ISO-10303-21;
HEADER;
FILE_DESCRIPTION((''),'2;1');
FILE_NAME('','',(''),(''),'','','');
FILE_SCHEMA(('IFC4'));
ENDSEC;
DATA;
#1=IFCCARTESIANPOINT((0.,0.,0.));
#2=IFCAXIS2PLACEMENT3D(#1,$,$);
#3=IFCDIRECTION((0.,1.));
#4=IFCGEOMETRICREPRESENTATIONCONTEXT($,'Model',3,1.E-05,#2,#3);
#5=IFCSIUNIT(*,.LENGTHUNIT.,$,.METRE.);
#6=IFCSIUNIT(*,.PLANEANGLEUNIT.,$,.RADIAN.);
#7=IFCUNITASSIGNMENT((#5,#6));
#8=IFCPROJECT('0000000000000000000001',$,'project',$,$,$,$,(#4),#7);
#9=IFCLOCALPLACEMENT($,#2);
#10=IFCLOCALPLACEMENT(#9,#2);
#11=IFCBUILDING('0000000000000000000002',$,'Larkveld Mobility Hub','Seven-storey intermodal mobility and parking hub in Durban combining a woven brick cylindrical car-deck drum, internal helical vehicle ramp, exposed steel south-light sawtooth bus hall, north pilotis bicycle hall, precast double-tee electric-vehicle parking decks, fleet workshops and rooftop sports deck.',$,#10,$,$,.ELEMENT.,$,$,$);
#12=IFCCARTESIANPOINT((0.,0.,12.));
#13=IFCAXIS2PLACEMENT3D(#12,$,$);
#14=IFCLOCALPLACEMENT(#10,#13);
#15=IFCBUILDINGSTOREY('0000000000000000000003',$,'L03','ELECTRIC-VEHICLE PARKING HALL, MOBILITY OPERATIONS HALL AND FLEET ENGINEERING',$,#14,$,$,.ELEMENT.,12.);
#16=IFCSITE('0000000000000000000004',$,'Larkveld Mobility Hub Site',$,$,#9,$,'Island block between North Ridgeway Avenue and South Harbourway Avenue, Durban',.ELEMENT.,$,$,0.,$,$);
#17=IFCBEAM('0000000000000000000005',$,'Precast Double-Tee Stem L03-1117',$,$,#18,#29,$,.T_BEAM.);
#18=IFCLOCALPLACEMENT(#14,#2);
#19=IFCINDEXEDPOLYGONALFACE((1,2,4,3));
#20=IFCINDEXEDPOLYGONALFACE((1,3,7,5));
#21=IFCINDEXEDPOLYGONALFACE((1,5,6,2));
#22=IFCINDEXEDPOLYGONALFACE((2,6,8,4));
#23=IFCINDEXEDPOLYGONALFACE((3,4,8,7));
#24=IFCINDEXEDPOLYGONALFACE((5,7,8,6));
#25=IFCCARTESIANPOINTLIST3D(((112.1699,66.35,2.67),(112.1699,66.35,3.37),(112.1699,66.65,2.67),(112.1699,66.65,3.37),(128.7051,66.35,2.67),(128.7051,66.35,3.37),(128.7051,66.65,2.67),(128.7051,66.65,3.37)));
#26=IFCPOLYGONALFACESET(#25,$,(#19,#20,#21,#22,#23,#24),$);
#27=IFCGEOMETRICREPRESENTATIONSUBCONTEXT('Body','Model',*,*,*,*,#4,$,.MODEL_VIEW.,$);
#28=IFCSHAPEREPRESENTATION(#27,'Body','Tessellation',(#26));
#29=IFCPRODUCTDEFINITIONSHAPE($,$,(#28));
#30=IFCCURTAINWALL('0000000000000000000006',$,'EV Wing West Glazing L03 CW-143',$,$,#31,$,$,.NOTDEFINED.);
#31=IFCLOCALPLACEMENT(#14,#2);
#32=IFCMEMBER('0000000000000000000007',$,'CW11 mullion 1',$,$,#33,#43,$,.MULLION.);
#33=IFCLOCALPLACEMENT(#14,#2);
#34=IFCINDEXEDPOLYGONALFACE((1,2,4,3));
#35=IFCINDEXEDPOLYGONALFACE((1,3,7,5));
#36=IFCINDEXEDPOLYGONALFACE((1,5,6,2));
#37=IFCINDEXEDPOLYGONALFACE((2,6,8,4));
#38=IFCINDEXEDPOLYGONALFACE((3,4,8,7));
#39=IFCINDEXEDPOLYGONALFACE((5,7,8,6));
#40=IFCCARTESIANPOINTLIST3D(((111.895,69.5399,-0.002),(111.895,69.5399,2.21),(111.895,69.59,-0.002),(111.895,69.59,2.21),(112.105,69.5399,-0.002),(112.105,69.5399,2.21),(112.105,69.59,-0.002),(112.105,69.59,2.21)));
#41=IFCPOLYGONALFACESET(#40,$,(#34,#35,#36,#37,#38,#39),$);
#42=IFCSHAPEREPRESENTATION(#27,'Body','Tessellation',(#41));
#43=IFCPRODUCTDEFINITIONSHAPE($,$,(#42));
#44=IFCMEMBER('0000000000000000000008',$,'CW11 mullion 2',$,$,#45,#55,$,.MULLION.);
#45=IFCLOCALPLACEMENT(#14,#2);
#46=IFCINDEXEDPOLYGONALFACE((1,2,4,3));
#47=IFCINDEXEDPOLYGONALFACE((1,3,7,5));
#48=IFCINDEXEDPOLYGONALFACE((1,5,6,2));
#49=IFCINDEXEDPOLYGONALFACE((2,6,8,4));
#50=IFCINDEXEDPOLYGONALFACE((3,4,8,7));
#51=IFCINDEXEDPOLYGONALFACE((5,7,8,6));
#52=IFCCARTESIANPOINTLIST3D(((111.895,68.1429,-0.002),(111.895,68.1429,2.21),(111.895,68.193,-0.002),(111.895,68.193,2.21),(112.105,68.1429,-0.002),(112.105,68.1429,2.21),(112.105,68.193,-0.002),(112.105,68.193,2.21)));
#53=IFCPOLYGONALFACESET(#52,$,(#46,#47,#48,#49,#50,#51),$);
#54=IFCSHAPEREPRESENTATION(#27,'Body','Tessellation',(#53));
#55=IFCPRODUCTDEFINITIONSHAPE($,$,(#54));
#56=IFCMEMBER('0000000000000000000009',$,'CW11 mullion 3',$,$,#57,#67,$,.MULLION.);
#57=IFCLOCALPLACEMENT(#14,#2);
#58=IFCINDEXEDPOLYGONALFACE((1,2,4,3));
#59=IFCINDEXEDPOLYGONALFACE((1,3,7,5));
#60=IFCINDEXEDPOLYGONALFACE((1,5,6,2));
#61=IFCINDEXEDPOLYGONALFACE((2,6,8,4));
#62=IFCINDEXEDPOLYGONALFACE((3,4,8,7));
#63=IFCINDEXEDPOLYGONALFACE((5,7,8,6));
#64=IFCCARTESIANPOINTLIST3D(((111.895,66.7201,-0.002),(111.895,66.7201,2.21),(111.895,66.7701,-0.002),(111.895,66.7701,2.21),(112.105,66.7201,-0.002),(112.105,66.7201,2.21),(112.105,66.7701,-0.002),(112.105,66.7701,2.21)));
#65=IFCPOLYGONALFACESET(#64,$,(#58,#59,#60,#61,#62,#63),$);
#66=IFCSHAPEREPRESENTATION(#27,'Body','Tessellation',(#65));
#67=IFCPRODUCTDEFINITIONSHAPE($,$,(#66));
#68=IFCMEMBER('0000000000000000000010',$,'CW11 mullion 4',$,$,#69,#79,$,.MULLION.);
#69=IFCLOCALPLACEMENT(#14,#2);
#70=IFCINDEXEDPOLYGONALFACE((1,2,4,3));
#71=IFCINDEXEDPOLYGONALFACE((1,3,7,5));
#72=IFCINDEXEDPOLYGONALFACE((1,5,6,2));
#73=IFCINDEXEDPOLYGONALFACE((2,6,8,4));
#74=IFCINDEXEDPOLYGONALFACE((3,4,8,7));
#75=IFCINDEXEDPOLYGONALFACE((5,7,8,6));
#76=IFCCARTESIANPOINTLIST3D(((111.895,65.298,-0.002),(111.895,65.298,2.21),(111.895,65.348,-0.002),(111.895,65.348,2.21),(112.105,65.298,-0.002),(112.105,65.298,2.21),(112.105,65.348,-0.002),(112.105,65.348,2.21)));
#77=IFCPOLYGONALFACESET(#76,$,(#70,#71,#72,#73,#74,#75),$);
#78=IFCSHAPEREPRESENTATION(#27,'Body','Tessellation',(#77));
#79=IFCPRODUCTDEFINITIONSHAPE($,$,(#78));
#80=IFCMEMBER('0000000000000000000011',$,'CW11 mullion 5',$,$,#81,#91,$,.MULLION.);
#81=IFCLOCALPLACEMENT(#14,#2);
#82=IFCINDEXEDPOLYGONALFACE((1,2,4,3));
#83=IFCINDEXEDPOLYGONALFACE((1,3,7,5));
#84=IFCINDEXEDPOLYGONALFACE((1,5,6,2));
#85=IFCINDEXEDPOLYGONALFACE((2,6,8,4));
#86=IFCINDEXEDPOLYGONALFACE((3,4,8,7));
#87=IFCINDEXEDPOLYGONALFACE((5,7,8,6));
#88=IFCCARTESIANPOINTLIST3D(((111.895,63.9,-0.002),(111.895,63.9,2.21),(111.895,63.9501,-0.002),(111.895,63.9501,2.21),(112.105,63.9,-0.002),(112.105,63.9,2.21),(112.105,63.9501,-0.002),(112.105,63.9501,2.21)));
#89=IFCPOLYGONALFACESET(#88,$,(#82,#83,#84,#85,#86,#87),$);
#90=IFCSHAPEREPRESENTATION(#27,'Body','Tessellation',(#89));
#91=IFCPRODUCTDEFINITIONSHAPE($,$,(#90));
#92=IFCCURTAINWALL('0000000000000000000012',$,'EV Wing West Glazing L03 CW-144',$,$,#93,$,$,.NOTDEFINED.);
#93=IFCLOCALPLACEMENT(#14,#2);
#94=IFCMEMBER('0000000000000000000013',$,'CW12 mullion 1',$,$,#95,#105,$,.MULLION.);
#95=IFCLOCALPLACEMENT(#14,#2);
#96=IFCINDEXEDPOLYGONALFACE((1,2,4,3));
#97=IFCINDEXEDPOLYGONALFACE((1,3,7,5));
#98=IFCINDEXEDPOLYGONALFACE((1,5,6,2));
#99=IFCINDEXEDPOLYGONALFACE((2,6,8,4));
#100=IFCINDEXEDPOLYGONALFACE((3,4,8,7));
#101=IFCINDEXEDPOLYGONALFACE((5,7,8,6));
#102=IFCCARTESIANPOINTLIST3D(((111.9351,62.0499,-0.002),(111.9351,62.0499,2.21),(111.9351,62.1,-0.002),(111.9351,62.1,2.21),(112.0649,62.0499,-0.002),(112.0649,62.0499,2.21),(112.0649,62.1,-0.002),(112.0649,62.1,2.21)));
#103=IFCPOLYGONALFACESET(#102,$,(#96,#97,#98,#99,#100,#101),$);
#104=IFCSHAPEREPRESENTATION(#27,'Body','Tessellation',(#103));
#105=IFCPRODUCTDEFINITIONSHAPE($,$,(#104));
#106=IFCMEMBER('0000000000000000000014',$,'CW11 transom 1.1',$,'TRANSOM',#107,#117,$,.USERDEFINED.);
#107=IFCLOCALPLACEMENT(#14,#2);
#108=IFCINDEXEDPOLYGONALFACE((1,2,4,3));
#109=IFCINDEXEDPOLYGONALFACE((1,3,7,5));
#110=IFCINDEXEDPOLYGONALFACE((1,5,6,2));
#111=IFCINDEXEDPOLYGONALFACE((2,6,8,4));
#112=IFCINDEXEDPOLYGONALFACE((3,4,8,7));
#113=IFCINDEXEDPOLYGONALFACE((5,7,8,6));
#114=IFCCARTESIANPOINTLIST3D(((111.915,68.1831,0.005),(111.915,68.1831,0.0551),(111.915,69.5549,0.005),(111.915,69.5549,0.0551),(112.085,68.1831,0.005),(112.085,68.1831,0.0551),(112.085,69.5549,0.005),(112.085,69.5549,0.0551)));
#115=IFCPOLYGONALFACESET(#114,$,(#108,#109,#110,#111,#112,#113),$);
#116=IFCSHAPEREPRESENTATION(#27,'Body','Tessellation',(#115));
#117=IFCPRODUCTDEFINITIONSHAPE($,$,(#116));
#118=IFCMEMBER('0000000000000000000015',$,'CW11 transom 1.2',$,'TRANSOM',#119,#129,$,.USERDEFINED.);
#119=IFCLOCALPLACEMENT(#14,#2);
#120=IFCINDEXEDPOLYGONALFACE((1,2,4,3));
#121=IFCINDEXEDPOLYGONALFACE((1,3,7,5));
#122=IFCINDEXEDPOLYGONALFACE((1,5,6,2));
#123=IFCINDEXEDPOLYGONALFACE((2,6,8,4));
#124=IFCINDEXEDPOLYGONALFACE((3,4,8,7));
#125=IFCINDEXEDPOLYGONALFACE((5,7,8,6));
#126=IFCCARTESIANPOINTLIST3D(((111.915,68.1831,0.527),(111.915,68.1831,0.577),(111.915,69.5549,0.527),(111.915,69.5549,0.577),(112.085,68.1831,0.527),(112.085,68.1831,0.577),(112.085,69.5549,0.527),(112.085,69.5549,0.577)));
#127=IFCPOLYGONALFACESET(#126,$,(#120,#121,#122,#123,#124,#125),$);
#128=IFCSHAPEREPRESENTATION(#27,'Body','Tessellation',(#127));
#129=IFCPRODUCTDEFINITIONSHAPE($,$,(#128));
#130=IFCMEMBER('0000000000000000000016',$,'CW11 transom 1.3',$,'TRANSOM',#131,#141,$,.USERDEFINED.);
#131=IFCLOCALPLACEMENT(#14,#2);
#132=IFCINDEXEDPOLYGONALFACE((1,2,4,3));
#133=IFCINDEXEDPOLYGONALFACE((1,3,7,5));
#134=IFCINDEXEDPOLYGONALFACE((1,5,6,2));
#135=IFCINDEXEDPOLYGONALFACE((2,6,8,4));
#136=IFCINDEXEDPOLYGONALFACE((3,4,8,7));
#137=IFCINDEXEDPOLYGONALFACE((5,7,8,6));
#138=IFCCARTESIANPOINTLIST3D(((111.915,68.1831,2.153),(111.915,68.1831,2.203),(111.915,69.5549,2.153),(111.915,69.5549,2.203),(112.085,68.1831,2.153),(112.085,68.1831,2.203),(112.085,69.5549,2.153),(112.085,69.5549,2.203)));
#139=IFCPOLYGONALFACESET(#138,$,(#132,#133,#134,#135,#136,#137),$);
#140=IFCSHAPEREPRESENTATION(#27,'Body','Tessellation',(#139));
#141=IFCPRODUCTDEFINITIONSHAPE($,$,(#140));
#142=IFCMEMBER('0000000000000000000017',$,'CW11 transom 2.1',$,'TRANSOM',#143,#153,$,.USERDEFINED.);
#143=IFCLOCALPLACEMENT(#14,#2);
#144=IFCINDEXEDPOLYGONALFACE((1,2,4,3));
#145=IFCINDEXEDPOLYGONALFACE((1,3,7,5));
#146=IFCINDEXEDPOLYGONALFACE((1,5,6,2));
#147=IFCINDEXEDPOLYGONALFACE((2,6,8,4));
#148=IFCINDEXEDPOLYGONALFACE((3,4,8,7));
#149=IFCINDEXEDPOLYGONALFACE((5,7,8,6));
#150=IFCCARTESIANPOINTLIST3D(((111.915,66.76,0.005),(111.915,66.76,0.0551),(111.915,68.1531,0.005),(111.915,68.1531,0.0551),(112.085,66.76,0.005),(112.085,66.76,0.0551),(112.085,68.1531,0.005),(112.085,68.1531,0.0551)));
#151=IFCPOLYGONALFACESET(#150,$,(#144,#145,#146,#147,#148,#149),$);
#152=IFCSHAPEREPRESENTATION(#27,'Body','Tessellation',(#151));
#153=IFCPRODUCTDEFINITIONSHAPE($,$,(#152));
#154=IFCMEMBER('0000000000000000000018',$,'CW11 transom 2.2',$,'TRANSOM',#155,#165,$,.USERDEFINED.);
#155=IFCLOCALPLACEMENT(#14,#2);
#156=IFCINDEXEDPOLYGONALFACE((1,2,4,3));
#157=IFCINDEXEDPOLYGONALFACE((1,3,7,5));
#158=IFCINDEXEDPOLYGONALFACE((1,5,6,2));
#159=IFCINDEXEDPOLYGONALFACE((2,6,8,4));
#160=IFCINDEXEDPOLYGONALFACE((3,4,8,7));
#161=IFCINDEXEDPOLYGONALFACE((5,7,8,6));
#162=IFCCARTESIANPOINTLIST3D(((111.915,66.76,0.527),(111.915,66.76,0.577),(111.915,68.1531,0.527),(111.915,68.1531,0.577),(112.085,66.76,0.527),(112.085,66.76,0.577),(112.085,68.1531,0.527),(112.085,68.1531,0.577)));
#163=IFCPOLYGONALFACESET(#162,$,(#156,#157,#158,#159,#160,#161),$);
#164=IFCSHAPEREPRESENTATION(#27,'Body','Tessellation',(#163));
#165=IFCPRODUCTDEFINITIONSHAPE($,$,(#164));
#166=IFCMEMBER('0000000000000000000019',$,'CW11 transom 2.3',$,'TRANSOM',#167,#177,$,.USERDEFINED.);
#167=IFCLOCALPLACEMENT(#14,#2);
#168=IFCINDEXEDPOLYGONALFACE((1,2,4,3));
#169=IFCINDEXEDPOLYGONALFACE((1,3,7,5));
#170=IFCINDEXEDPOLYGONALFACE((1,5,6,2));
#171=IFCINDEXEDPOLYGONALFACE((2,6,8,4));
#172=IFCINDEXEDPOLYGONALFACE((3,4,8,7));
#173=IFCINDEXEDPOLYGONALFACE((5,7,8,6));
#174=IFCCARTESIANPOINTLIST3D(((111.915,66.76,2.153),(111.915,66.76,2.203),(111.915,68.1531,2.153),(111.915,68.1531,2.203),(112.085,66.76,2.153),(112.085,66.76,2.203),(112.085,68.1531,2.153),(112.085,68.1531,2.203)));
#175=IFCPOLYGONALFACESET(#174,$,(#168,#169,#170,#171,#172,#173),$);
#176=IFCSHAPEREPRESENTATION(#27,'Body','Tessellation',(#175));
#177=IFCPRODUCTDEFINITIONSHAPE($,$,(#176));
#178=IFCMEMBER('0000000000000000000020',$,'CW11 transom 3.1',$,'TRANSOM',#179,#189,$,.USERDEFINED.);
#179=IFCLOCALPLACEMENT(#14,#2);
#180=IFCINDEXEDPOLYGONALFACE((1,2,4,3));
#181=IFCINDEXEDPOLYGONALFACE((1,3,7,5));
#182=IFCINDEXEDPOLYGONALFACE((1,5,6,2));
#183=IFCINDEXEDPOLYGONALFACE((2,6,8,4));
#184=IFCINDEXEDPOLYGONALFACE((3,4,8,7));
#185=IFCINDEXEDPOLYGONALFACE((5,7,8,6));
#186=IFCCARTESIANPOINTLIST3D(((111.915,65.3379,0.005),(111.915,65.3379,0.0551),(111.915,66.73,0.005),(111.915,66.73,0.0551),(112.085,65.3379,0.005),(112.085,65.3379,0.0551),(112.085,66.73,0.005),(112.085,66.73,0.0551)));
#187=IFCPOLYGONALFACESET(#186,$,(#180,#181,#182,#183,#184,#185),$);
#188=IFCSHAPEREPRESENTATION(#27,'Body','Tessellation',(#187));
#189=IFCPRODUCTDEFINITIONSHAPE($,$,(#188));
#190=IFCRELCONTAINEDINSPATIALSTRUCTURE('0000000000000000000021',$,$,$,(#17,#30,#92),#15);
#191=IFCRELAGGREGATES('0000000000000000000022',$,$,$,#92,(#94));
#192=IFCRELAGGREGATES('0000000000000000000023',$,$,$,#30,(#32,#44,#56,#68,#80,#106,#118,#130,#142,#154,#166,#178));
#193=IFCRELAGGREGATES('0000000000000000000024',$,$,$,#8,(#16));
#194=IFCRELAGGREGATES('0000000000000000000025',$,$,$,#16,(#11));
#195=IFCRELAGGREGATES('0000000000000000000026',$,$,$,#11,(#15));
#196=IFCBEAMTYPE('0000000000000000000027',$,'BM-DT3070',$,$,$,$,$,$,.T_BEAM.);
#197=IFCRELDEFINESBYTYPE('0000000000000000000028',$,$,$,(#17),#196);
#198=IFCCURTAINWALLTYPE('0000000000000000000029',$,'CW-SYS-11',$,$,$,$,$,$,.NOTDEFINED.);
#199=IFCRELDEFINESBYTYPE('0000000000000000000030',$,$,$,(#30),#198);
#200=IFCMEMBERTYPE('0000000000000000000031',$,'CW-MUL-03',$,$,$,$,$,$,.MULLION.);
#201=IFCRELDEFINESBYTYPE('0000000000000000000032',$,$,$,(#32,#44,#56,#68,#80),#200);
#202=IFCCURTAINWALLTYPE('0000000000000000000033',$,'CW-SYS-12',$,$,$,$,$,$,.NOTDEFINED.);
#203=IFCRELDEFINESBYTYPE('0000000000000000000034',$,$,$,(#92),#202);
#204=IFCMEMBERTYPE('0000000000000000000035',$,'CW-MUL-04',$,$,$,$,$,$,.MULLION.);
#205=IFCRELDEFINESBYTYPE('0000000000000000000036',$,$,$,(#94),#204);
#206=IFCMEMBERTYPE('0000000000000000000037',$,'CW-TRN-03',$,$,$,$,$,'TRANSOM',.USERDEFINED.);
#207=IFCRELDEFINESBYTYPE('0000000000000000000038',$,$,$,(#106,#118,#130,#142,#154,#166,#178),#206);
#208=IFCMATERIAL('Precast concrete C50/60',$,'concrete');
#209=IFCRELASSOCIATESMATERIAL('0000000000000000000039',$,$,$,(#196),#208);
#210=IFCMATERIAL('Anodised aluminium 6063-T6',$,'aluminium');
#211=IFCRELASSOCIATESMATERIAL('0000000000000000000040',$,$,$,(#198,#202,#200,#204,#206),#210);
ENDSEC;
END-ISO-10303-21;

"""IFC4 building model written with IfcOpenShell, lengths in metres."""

from ifc_helpers import new_model, si_unit, direction, frame, origin, origin_2d, place, context, subcontext, project, spatial, rectangle, extrude, material, material_profile, profile_set, type_object, element, aggregate, save


model = new_model("IFC4")

# Units and contexts
model_context = context("Model", 3, precision=1e-05, world=origin(), true_north=direction((0.0, 1.0)))
body_context = subcontext(model_context, "Body", "Model", "MODEL_VIEW")
ifc_project = project(units=[si_unit("LENGTHUNIT", "METRE"), si_unit("PLANEANGLEUNIT", "RADIAN")], contexts=[model_context])

# Site, building, storey
site_placement = place(None, origin())
site = spatial("IfcSite", under=ifc_project, at=site_placement, Name="Larkveld Mobility Hub Site", LongName="Island block between North Ridgeway Avenue and South Harbourway Avenue, Durban", CompositionType="ELEMENT", RefElevation=0.0)
building_placement = place(site_placement, origin())
building = spatial("IfcBuilding", under=site, at=building_placement, Name="Larkveld Mobility Hub", Description="Seven-storey intermodal mobility and parking hub in Durban combining a woven brick cylindrical car-deck drum, internal helical vehicle ramp, exposed steel south-light sawtooth bus hall, north pilotis bicycle hall, precast double-tee electric-vehicle parking decks, fleet workshops and rooftop sports deck.", CompositionType="ELEMENT")
storey_placement = place(building_placement, frame((0.0, 0.0, 12.0)))
storey = spatial("IfcBuildingStorey", under=building, at=storey_placement, Name="L03", Description="ELECTRIC-VEHICLE PARKING HALL, MOBILITY OPERATIONS HALL AND FLEET ENGINEERING", CompositionType="ELEMENT", Elevation=12.0)

# Beam
ifc_material_1 = material(Name="Precast concrete C50/60", Category="concrete")
ifc_material_profile_1 = material_profile(ifc_material_1, rectangle(XDim=0.3, YDim=0.7, at=origin_2d()), Name="PC DT 300x700")
ifc_profile_set_1 = profile_set([ifc_material_profile_1], Name="Precast concrete C50/60")
beam_type = type_object("IfcBeamType", Name="BM-DT3070", PredefinedType="T_BEAM", material=ifc_profile_set_1)
beam_placement = place(storey_placement, frame((112.1699, 66.5, 3.02), z_axis=(1.0, 0.0, 0.0), x_axis=(0.0, 1.0, 0.0)))
element("IfcBeam", 1, at=beam_placement, inside=storey, type_object=beam_type, Name="Precast Double-Tee Stem L03-1117", PredefinedType="T_BEAM", context=body_context, shape_type="SweptSolid", body=[
    extrude(rectangle(XDim=0.3, YDim=0.7, at=origin_2d()), origin(), (0.0, 0.0, 1.0), 16.5352),
])

# Curtain wall, members
ifc_material_2 = material(Name="Anodised aluminium 6063-T6", Category="aluminium")
curtain_wall_type_1 = type_object("IfcCurtainWallType", Name="CW-SYS-11", PredefinedType="NOTDEFINED", material=ifc_material_2)
curtain_wall_1_placement = place(storey_placement, origin())
curtain_wall_1 = element("IfcCurtainWall", 2, at=curtain_wall_1_placement, inside=storey, type_object=curtain_wall_type_1, Name="EV Wing West Glazing L03 CW-143", PredefinedType="NOTDEFINED")
ifc_material_profile_2 = material_profile(ifc_material_2, rectangle(XDim=0.05, YDim=0.21, at=origin_2d()), Name="ALU MULL 50x210")
ifc_profile_set_2 = profile_set([ifc_material_profile_2], Name="Anodised aluminium 6063-T6")
member_type_1 = type_object("IfcMemberType", Name="CW-MUL-03", PredefinedType="MULLION", material=ifc_profile_set_2)
member_1_placement = place(storey_placement, frame((112.0, 69.5649, -0.002), z_axis=(0.0, 0.0, 1.0), x_axis=(0.0, -1.0, 0.0)))
member_1 = element("IfcMember", 3, at=member_1_placement, type_object=member_type_1, Name="CW11 mullion 1", PredefinedType="MULLION", context=body_context, shape_type="SweptSolid", body=[
    extrude(rectangle(XDim=0.05, YDim=0.21, at=origin_2d()), origin(), (0.0, 0.0, 1.0), 2.2119),
])
member_2_placement = place(storey_placement, frame((112.0, 68.168, -0.002), z_axis=(0.0, 0.0, 1.0), x_axis=(0.0, -1.0, 0.0)))
member_2 = element("IfcMember", 4, at=member_2_placement, type_object=member_type_1, Name="CW11 mullion 2", PredefinedType="MULLION", context=body_context, shape_type="SweptSolid", body=[
    extrude(rectangle(XDim=0.05, YDim=0.21, at=origin_2d()), origin(), (0.0, 0.0, 1.0), 2.2119),
])
member_3_placement = place(storey_placement, frame((112.0, 66.7451, -0.002), z_axis=(0.0, 0.0, 1.0), x_axis=(0.0, -1.0, 0.0)))
member_3 = element("IfcMember", 5, at=member_3_placement, type_object=member_type_1, Name="CW11 mullion 3", PredefinedType="MULLION", context=body_context, shape_type="SweptSolid", body=[
    extrude(rectangle(XDim=0.05, YDim=0.21, at=origin_2d()), origin(), (0.0, 0.0, 1.0), 2.2119),
])
member_4_placement = place(storey_placement, frame((112.0, 65.323, -0.002), z_axis=(0.0, 0.0, 1.0), x_axis=(0.0, -1.0, 0.0)))
member_4 = element("IfcMember", 6, at=member_4_placement, type_object=member_type_1, Name="CW11 mullion 4", PredefinedType="MULLION", context=body_context, shape_type="SweptSolid", body=[
    extrude(rectangle(XDim=0.05, YDim=0.21, at=origin_2d()), origin(), (0.0, 0.0, 1.0), 2.2119),
])
member_5_placement = place(storey_placement, frame((112.0, 63.925, -0.002), z_axis=(0.0, 0.0, 1.0), x_axis=(0.0, -1.0, 0.0)))
member_5 = element("IfcMember", 7, at=member_5_placement, type_object=member_type_1, Name="CW11 mullion 5", PredefinedType="MULLION", context=body_context, shape_type="SweptSolid", body=[
    extrude(rectangle(XDim=0.05, YDim=0.21, at=origin_2d()), origin(), (0.0, 0.0, 1.0), 2.2119),
])

# Curtain wall, member
curtain_wall_type_2 = type_object("IfcCurtainWallType", Name="CW-SYS-12", PredefinedType="NOTDEFINED", material=ifc_material_2)
curtain_wall_2_placement = place(storey_placement, origin())
curtain_wall_2 = element("IfcCurtainWall", 8, at=curtain_wall_2_placement, inside=storey, type_object=curtain_wall_type_2, Name="EV Wing West Glazing L03 CW-144", PredefinedType="NOTDEFINED")
ifc_material_profile_3 = material_profile(ifc_material_2, rectangle(XDim=0.05, YDim=0.1299, at=origin_2d()), Name="ALU MULL 50x130")
ifc_profile_set_3 = profile_set([ifc_material_profile_3], Name="Anodised aluminium 6063-T6")
member_type_2 = type_object("IfcMemberType", Name="CW-MUL-04", PredefinedType="MULLION", material=ifc_profile_set_3)
member_6_placement = place(storey_placement, frame((112.0, 62.075, -0.002), z_axis=(0.0, 0.0, 1.0), x_axis=(0.0, -1.0, 0.0)))
member_6 = element("IfcMember", 9, at=member_6_placement, type_object=member_type_2, Name="CW12 mullion 1", PredefinedType="MULLION", context=body_context, shape_type="SweptSolid", body=[
    extrude(rectangle(XDim=0.05, YDim=0.1299, at=origin_2d()), origin(), (0.0, 0.0, 1.0), 2.2119),
])
aggregate(curtain_wall_2, [member_6])

# Members
ifc_material_profile_4 = material_profile(ifc_material_2, rectangle(XDim=0.1699, YDim=0.05, at=origin_2d()), Name="ALU TRAN 50x170")
ifc_profile_set_4 = profile_set([ifc_material_profile_4], Name="Anodised aluminium 6063-T6")
member_type_3 = type_object("IfcMemberType", Name="CW-TRN-03", ElementType="TRANSOM", PredefinedType="USERDEFINED", material=ifc_profile_set_4)
member_7_placement = place(storey_placement, frame((112.0, 69.5549, 0.03), z_axis=(0.0, -1.0, 0.0), x_axis=(1.0, 0.0, 0.0)))
member_7 = element("IfcMember", 10, at=member_7_placement, type_object=member_type_3, Name="CW11 transom 1.1", ObjectType="TRANSOM", PredefinedType="USERDEFINED", context=body_context, shape_type="SweptSolid", body=[
    extrude(rectangle(XDim=0.1699, YDim=0.05, at=origin_2d()), origin(), (0.0, 0.0, 1.0), 1.3718),
])
member_8_placement = place(storey_placement, frame((112.0, 69.5549, 0.552), z_axis=(0.0, -1.0, 0.0), x_axis=(1.0, 0.0, 0.0)))
member_8 = element("IfcMember", 11, at=member_8_placement, type_object=member_type_3, Name="CW11 transom 1.2", ObjectType="TRANSOM", PredefinedType="USERDEFINED", context=body_context, shape_type="SweptSolid", body=[
    extrude(rectangle(XDim=0.1699, YDim=0.05, at=origin_2d()), origin(), (0.0, 0.0, 1.0), 1.3718),
])
member_9_placement = place(storey_placement, frame((112.0, 69.5549, 2.178), z_axis=(0.0, -1.0, 0.0), x_axis=(1.0, 0.0, 0.0)))
member_9 = element("IfcMember", 12, at=member_9_placement, type_object=member_type_3, Name="CW11 transom 1.3", ObjectType="TRANSOM", PredefinedType="USERDEFINED", context=body_context, shape_type="SweptSolid", body=[
    extrude(rectangle(XDim=0.1699, YDim=0.05, at=origin_2d()), origin(), (0.0, 0.0, 1.0), 1.3718),
])
member_10_placement = place(storey_placement, frame((112.0, 68.1531, 0.03), z_axis=(0.0, -1.0, 0.0), x_axis=(1.0, 0.0, 0.0)))
member_10 = element("IfcMember", 13, at=member_10_placement, type_object=member_type_3, Name="CW11 transom 2.1", ObjectType="TRANSOM", PredefinedType="USERDEFINED", context=body_context, shape_type="SweptSolid", body=[
    extrude(rectangle(XDim=0.1699, YDim=0.05, at=origin_2d()), origin(), (0.0, 0.0, 1.0), 1.3931),
])
member_11_placement = place(storey_placement, frame((112.0, 68.1531, 0.552), z_axis=(0.0, -1.0, 0.0), x_axis=(1.0, 0.0, 0.0)))
member_11 = element("IfcMember", 14, at=member_11_placement, type_object=member_type_3, Name="CW11 transom 2.2", ObjectType="TRANSOM", PredefinedType="USERDEFINED", context=body_context, shape_type="SweptSolid", body=[
    extrude(rectangle(XDim=0.1699, YDim=0.05, at=origin_2d()), origin(), (0.0, 0.0, 1.0), 1.3931),
])
member_12_placement = place(storey_placement, frame((112.0, 68.1531, 2.178), z_axis=(0.0, -1.0, 0.0), x_axis=(1.0, 0.0, 0.0)))
member_12 = element("IfcMember", 15, at=member_12_placement, type_object=member_type_3, Name="CW11 transom 2.3", ObjectType="TRANSOM", PredefinedType="USERDEFINED", context=body_context, shape_type="SweptSolid", body=[
    extrude(rectangle(XDim=0.1699, YDim=0.05, at=origin_2d()), origin(), (0.0, 0.0, 1.0), 1.3931),
])
member_13_placement = place(storey_placement, frame((112.0, 66.73, 0.03), z_axis=(0.0, -1.0, 0.0), x_axis=(1.0, 0.0, 0.0)))
member_13 = element("IfcMember", 16, at=member_13_placement, type_object=member_type_3, Name="CW11 transom 3.1", ObjectType="TRANSOM", PredefinedType="USERDEFINED", context=body_context, shape_type="SweptSolid", body=[
    extrude(rectangle(XDim=0.1699, YDim=0.05, at=origin_2d()), origin(), (0.0, 0.0, 1.0), 1.3921),
])

aggregate(curtain_wall_1, [member_1, member_2, member_3, member_4, member_5, member_7, member_8, member_9, member_10, member_11, member_12, member_13])

save(model, "model.ifc")
